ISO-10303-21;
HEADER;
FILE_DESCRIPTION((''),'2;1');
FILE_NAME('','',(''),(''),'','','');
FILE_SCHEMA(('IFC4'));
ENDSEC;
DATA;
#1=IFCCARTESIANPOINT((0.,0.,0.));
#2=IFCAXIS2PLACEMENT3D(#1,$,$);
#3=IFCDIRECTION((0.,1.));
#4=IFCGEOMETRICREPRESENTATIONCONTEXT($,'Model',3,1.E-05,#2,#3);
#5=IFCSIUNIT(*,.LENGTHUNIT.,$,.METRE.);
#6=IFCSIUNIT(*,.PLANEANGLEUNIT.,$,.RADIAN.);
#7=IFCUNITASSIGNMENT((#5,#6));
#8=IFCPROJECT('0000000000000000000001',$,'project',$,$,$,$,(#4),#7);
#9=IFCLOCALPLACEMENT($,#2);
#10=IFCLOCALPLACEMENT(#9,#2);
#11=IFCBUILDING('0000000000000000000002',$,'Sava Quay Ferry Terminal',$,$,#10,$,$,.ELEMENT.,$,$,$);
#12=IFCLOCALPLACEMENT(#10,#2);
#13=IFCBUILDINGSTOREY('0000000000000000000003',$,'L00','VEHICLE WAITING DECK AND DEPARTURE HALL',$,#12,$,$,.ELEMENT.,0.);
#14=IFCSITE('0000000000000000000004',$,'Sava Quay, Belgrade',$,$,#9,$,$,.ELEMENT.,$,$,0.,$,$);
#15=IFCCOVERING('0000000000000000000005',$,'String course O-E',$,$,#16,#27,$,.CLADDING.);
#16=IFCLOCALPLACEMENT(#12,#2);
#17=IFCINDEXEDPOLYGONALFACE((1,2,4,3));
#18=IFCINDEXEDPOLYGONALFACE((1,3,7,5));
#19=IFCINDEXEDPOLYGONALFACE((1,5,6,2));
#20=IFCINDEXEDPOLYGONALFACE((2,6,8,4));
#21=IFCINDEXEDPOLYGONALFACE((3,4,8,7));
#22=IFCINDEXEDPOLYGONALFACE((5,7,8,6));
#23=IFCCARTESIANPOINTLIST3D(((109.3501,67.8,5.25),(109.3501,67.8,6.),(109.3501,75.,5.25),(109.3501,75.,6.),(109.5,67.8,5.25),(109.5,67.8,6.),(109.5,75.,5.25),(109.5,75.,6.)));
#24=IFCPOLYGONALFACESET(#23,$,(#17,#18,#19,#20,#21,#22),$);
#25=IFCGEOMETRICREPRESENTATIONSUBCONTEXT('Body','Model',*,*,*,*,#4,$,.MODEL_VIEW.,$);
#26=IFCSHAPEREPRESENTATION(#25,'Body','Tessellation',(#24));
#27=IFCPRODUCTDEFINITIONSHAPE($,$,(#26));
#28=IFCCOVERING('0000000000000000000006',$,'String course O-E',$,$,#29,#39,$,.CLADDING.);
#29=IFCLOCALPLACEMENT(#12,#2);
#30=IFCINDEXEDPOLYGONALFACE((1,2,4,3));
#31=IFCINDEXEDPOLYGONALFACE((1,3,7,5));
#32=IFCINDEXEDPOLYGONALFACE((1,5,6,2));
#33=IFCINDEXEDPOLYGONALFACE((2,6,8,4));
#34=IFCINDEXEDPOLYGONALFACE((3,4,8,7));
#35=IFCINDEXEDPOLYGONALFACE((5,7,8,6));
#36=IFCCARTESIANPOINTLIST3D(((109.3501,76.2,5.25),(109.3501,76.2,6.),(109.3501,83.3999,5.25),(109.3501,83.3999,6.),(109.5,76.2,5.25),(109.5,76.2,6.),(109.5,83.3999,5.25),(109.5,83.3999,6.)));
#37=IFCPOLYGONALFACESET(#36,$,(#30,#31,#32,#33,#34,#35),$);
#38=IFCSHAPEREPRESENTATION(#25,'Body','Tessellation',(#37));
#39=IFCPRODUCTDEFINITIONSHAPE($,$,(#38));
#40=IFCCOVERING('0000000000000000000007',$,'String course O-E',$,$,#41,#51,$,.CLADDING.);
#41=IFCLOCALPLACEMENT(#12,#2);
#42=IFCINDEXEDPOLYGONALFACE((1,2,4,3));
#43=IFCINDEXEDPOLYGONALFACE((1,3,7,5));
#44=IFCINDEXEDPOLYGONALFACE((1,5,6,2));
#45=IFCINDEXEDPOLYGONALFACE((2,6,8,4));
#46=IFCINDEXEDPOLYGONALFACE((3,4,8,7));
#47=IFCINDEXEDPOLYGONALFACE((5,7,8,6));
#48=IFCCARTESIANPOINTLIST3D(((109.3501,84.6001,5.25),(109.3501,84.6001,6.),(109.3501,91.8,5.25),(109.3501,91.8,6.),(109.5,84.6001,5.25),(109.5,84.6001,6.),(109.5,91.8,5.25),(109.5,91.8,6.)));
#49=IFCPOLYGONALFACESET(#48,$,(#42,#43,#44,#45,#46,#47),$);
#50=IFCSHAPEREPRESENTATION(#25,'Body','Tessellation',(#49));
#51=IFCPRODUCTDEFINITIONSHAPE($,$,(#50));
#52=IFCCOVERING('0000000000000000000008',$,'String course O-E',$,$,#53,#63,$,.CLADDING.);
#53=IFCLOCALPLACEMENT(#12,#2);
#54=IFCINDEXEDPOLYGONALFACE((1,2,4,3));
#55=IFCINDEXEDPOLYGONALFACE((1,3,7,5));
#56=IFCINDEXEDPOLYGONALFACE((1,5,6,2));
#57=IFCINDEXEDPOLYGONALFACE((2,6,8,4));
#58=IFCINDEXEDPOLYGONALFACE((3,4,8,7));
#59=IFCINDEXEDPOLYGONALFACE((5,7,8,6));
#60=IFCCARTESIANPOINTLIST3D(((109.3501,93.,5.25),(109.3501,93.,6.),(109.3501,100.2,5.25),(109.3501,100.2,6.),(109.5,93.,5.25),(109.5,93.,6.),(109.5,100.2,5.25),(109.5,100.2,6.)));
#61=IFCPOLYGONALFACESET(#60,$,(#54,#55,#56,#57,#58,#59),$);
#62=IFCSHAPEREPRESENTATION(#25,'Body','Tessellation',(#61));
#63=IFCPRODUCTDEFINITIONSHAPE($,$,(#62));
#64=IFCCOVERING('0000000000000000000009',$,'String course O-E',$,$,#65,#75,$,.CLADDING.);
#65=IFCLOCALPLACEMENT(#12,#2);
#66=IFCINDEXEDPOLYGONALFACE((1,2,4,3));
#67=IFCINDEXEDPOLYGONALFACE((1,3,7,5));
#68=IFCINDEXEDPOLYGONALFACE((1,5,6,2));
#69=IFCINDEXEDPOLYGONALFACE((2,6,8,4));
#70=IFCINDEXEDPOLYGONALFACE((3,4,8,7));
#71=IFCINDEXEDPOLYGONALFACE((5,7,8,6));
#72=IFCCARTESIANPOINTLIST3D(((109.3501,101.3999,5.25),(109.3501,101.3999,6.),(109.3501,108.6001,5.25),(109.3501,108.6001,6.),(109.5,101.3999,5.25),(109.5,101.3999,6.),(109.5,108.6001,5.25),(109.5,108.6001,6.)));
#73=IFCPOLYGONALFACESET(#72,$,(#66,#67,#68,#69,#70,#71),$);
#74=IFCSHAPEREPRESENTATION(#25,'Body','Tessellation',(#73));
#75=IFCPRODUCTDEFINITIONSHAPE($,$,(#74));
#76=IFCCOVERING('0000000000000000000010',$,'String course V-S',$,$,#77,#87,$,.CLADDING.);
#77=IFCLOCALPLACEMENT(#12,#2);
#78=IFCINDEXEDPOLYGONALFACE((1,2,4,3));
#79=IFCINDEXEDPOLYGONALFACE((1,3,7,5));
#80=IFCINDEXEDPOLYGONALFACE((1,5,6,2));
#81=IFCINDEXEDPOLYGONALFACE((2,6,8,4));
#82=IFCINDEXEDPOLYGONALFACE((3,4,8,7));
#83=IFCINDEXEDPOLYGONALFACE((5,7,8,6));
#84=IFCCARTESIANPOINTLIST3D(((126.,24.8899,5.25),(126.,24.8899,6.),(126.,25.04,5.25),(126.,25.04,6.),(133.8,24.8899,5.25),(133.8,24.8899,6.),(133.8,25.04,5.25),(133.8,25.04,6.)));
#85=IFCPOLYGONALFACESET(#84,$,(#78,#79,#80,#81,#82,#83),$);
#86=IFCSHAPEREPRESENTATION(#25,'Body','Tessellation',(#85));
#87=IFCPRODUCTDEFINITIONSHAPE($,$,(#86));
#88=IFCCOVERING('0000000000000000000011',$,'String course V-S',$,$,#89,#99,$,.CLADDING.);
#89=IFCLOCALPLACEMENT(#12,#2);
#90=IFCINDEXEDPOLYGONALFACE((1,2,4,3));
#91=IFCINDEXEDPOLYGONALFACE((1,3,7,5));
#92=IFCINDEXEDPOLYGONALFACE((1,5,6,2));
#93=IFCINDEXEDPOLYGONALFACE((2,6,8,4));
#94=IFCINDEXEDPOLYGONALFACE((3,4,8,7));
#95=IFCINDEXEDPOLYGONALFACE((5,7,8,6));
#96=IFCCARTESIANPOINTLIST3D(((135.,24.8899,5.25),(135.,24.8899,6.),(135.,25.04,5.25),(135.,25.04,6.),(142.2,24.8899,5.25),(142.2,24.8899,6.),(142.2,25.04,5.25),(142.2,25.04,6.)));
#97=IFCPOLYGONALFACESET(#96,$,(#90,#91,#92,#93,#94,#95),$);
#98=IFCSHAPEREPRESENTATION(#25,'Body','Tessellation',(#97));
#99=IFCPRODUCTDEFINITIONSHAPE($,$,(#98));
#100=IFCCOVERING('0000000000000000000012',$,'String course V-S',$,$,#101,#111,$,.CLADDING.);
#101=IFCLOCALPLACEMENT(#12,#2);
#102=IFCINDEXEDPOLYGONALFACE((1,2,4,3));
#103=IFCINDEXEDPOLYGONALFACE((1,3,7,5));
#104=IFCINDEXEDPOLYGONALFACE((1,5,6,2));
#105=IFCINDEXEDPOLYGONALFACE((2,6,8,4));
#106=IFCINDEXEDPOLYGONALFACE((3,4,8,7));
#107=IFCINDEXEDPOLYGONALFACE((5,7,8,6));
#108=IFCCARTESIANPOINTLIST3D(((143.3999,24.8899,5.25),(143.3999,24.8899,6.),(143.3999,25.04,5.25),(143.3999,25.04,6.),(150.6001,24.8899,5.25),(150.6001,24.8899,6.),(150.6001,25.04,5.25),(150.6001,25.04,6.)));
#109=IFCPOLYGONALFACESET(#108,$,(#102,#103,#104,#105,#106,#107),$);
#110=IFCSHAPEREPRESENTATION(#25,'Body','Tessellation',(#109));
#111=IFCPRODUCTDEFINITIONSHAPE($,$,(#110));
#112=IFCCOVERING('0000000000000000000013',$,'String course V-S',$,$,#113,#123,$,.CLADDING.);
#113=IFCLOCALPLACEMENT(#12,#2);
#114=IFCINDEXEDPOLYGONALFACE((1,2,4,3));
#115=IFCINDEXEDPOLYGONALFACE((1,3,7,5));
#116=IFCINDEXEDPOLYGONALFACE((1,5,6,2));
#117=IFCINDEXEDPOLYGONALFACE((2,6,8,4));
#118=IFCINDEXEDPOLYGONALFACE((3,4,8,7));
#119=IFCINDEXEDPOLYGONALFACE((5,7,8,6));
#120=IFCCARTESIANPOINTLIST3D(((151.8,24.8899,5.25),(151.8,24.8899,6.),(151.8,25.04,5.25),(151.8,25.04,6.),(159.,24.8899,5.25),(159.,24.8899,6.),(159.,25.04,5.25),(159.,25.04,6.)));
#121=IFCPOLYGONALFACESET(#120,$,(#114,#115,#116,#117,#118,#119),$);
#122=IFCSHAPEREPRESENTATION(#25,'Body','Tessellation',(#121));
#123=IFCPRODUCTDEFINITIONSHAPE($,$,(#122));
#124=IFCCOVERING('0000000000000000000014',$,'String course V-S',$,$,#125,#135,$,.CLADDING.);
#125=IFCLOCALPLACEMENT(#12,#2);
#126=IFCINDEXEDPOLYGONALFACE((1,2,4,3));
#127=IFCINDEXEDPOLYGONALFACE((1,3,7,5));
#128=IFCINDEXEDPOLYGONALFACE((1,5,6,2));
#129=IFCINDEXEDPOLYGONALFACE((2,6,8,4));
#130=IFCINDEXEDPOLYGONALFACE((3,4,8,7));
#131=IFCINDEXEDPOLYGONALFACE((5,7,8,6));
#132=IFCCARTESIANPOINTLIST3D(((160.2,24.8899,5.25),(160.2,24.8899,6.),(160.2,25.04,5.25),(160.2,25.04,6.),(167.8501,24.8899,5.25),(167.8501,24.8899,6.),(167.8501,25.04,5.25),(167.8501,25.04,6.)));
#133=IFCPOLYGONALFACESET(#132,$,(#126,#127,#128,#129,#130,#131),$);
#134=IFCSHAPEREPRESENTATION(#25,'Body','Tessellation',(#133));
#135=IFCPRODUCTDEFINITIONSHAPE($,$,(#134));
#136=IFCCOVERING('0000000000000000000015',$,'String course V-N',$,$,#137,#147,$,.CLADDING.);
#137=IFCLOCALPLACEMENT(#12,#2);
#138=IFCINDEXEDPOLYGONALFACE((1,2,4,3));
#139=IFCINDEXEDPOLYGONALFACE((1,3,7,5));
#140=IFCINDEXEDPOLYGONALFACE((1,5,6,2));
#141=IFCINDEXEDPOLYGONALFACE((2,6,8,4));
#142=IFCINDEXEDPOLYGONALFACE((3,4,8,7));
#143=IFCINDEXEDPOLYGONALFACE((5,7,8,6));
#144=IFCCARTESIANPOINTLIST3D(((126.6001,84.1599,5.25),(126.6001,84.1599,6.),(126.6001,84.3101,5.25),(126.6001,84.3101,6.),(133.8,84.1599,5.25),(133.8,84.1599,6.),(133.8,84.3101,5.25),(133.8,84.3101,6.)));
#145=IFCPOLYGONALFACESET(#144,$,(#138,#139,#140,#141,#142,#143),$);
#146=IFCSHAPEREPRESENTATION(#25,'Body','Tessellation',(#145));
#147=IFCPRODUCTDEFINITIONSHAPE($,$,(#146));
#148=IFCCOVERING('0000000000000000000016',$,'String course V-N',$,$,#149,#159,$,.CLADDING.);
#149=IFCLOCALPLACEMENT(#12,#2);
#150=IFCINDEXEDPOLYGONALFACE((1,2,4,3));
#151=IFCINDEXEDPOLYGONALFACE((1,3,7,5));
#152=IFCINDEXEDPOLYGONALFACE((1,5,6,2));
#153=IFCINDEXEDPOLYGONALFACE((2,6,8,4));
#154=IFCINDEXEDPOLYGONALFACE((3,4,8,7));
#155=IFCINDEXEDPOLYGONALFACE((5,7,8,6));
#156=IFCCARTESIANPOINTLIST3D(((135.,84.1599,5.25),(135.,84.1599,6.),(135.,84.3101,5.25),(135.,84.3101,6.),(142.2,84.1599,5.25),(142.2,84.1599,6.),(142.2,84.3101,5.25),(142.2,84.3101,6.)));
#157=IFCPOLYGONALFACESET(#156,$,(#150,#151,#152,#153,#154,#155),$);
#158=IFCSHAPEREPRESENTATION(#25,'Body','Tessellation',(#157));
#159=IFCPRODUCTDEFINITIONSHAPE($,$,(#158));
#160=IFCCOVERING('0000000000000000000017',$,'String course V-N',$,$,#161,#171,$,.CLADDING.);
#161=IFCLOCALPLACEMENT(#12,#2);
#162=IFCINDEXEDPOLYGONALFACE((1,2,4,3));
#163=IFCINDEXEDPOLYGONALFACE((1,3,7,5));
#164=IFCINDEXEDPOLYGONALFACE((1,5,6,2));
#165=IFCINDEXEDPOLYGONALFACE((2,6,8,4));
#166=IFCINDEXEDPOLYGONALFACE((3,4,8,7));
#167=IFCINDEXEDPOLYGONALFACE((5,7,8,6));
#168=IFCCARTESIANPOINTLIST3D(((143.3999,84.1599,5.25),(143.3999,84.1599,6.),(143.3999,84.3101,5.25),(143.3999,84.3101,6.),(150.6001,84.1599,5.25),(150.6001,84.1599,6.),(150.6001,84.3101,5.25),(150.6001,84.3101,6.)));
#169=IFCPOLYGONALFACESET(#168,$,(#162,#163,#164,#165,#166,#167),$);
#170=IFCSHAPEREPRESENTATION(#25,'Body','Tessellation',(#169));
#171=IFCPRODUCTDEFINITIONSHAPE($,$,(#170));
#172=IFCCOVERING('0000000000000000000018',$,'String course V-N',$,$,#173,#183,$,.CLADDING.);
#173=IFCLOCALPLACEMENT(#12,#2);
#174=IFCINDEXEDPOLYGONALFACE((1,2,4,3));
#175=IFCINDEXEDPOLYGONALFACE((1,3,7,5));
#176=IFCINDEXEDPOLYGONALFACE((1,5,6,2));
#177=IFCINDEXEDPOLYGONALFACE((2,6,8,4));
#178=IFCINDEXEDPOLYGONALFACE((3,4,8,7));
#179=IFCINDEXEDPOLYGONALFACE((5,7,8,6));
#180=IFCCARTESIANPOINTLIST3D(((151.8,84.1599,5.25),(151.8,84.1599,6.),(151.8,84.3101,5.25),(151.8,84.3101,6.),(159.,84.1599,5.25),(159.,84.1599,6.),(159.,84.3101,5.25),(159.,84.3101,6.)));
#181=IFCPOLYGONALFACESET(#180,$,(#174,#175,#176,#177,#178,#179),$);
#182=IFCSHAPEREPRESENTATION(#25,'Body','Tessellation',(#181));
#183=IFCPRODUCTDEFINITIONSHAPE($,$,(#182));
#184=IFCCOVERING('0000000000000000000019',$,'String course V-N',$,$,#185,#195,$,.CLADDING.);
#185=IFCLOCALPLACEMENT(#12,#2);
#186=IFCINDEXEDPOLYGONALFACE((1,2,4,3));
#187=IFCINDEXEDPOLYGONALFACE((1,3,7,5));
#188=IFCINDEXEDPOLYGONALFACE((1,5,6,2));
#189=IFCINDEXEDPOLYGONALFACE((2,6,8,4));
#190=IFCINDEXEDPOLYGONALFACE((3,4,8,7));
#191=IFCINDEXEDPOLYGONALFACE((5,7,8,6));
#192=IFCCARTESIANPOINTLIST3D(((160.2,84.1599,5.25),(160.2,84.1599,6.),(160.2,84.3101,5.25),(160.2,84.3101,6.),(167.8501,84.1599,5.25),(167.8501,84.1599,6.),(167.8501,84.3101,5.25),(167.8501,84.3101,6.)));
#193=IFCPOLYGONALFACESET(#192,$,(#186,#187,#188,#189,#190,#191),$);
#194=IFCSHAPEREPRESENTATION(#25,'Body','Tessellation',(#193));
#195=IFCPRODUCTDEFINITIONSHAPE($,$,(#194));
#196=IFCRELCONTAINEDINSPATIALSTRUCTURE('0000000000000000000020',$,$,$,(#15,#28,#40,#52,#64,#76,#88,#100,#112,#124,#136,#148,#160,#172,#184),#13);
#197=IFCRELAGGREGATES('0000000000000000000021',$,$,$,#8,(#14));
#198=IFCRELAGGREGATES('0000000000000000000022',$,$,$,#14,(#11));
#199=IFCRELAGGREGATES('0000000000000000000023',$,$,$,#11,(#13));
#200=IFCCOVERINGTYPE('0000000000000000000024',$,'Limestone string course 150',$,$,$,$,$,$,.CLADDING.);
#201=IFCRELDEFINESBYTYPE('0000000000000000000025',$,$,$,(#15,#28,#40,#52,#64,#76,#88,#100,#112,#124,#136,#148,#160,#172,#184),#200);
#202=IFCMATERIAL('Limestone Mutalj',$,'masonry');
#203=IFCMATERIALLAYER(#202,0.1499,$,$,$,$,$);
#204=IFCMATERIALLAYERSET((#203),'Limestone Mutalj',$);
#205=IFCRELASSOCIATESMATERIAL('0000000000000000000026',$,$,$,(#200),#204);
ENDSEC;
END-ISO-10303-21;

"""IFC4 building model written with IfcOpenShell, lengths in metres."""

from ifc_helpers import new_model, si_unit, direction, frame, origin, place, context, subcontext, project, spatial, polyline, outline, extrude, material, layer, layer_set, type_object, element, save


model = new_model("IFC4")

# Units and contexts
model_context = context("Model", 3, precision=1e-05, world=origin(), true_north=direction((0.0, 1.0)))
body_context = subcontext(model_context, "Body", "Model", "MODEL_VIEW")
ifc_project = project(units=[si_unit("LENGTHUNIT", "METRE"), si_unit("PLANEANGLEUNIT", "RADIAN")], contexts=[model_context])

# Site, building, storey
site_placement = place(None, origin())
site = spatial("IfcSite", under=ifc_project, at=site_placement, Name="Sava Quay, Belgrade", CompositionType="ELEMENT", RefElevation=0.0)
building_placement = place(site_placement, origin())
building = spatial("IfcBuilding", under=site, at=building_placement, Name="Sava Quay Ferry Terminal", CompositionType="ELEMENT")
storey_placement = place(building_placement, origin())
storey = spatial("IfcBuildingStorey", under=building, at=storey_placement, Name="L00", Description="VEHICLE WAITING DECK AND DEPARTURE HALL", CompositionType="ELEMENT", Elevation=0.0)

# Coverings
ifc_material_1 = material(Name="Limestone Mutalj", Category="masonry")
ifc_layer_1 = layer(ifc_material_1, 0.1499)
ifc_layer_set_1 = layer_set([ifc_layer_1], Name="Limestone Mutalj")
covering_type_1 = type_object("IfcCoveringType", Name="Limestone string course 150", PredefinedType="CLADDING", material=ifc_layer_set_1)
covering_1_placement = place(storey_placement, frame((0.0, 0.0, 5.25)))
element("IfcCovering", 1, at=covering_1_placement, inside=storey, type_object=covering_type_1, Name="String course O-E", PredefinedType="CLADDING", context=body_context, shape_type="SweptSolid", body=[
    extrude(outline(polyline([(109.3501, 67.8), (109.3501, 75.0), (109.5, 75.0), (109.5, 67.8), (109.3501, 67.8)])), origin(), (0.0, 0.0, 1.0), 0.75),
])
covering_2_placement = place(storey_placement, frame((0.0, 0.0, 5.25)))
element("IfcCovering", 2, at=covering_2_placement, inside=storey, type_object=covering_type_1, Name="String course O-E", PredefinedType="CLADDING", context=body_context, shape_type="SweptSolid", body=[
    extrude(outline(polyline([(109.3501, 76.2), (109.3501, 83.3999), (109.5, 83.3999), (109.5, 76.2), (109.3501, 76.2)])), origin(), (0.0, 0.0, 1.0), 0.75),
])
covering_3_placement = place(storey_placement, frame((0.0, 0.0, 5.25)))
element("IfcCovering", 3, at=covering_3_placement, inside=storey, type_object=covering_type_1, Name="String course O-E", PredefinedType="CLADDING", context=body_context, shape_type="SweptSolid", body=[
    extrude(outline(polyline([(109.3501, 84.6001), (109.3501, 91.8), (109.5, 91.8), (109.5, 84.6001), (109.3501, 84.6001)])), origin(), (0.0, 0.0, 1.0), 0.75),
])
covering_4_placement = place(storey_placement, frame((0.0, 0.0, 5.25)))
element("IfcCovering", 4, at=covering_4_placement, inside=storey, type_object=covering_type_1, Name="String course O-E", PredefinedType="CLADDING", context=body_context, shape_type="SweptSolid", body=[
    extrude(outline(polyline([(109.3501, 93.0), (109.3501, 100.2), (109.5, 100.2), (109.5, 93.0), (109.3501, 93.0)])), origin(), (0.0, 0.0, 1.0), 0.75),
])
covering_5_placement = place(storey_placement, frame((0.0, 0.0, 5.25)))
element("IfcCovering", 5, at=covering_5_placement, inside=storey, type_object=covering_type_1, Name="String course O-E", PredefinedType="CLADDING", context=body_context, shape_type="SweptSolid", body=[
    extrude(outline(polyline([(109.3501, 101.3999), (109.3501, 108.6001), (109.5, 108.6001), (109.5, 101.3999), (109.3501, 101.3999)])), origin(), (0.0, 0.0, 1.0), 0.75),
])
covering_6_placement = place(storey_placement, frame((0.0, 0.0, 5.25)))
element("IfcCovering", 6, at=covering_6_placement, inside=storey, type_object=covering_type_1, Name="String course V-S", PredefinedType="CLADDING", context=body_context, shape_type="SweptSolid", body=[
    extrude(outline(polyline([(126.0, 25.04), (133.8, 25.04), (133.8, 24.8899), (126.0, 24.8899), (126.0, 25.04)])), origin(), (0.0, 0.0, 1.0), 0.75),
])
covering_7_placement = place(storey_placement, frame((0.0, 0.0, 5.25)))
element("IfcCovering", 7, at=covering_7_placement, inside=storey, type_object=covering_type_1, Name="String course V-S", PredefinedType="CLADDING", context=body_context, shape_type="SweptSolid", body=[
    extrude(outline(polyline([(135.0, 25.04), (142.2, 25.04), (142.2, 24.8899), (135.0, 24.8899), (135.0, 25.04)])), origin(), (0.0, 0.0, 1.0), 0.75),
])
covering_8_placement = place(storey_placement, frame((0.0, 0.0, 5.25)))
element("IfcCovering", 8, at=covering_8_placement, inside=storey, type_object=covering_type_1, Name="String course V-S", PredefinedType="CLADDING", context=body_context, shape_type="SweptSolid", body=[
    extrude(outline(polyline([(143.3999, 25.04), (150.6001, 25.04), (150.6001, 24.8899), (143.3999, 24.8899), (143.3999, 25.04)])), origin(), (0.0, 0.0, 1.0), 0.75),
])
covering_9_placement = place(storey_placement, frame((0.0, 0.0, 5.25)))
element("IfcCovering", 9, at=covering_9_placement, inside=storey, type_object=covering_type_1, Name="String course V-S", PredefinedType="CLADDING", context=body_context, shape_type="SweptSolid", body=[
    extrude(outline(polyline([(151.8, 25.04), (159.0, 25.04), (159.0, 24.8899), (151.8, 24.8899), (151.8, 25.04)])), origin(), (0.0, 0.0, 1.0), 0.75),
])
covering_10_placement = place(storey_placement, frame((0.0, 0.0, 5.25)))
element("IfcCovering", 10, at=covering_10_placement, inside=storey, type_object=covering_type_1, Name="String course V-S", PredefinedType="CLADDING", context=body_context, shape_type="SweptSolid", body=[
    extrude(outline(polyline([(160.2, 25.04), (167.8501, 25.04), (167.8501, 24.8899), (160.2, 24.8899), (160.2, 25.04)])), origin(), (0.0, 0.0, 1.0), 0.75),
])
covering_11_placement = place(storey_placement, frame((0.0, 0.0, 5.25)))
element("IfcCovering", 11, at=covering_11_placement, inside=storey, type_object=covering_type_1, Name="String course V-N", PredefinedType="CLADDING", context=body_context, shape_type="SweptSolid", body=[
    extrude(outline(polyline([(126.6001, 84.1599), (133.8, 84.1599), (133.8, 84.3101), (126.6001, 84.3101), (126.6001, 84.1599)])), origin(), (0.0, 0.0, 1.0), 0.75),
])
covering_12_placement = place(storey_placement, frame((0.0, 0.0, 5.25)))
element("IfcCovering", 12, at=covering_12_placement, inside=storey, type_object=covering_type_1, Name="String course V-N", PredefinedType="CLADDING", context=body_context, shape_type="SweptSolid", body=[
    extrude(outline(polyline([(135.0, 84.1599), (142.2, 84.1599), (142.2, 84.3101), (135.0, 84.3101), (135.0, 84.1599)])), origin(), (0.0, 0.0, 1.0), 0.75),
])
covering_13_placement = place(storey_placement, frame((0.0, 0.0, 5.25)))
element("IfcCovering", 13, at=covering_13_placement, inside=storey, type_object=covering_type_1, Name="String course V-N", PredefinedType="CLADDING", context=body_context, shape_type="SweptSolid", body=[
    extrude(outline(polyline([(143.3999, 84.1599), (150.6001, 84.1599), (150.6001, 84.3101), (143.3999, 84.3101), (143.3999, 84.1599)])), origin(), (0.0, 0.0, 1.0), 0.75),
])
covering_14_placement = place(storey_placement, frame((0.0, 0.0, 5.25)))
element("IfcCovering", 14, at=covering_14_placement, inside=storey, type_object=covering_type_1, Name="String course V-N", PredefinedType="CLADDING", context=body_context, shape_type="SweptSolid", body=[
    extrude(outline(polyline([(151.8, 84.1599), (159.0, 84.1599), (159.0, 84.3101), (151.8, 84.3101), (151.8, 84.1599)])), origin(), (0.0, 0.0, 1.0), 0.75),
])
covering_15_placement = place(storey_placement, frame((0.0, 0.0, 5.25)))
element("IfcCovering", 15, at=covering_15_placement, inside=storey, type_object=covering_type_1, Name="String course V-N", PredefinedType="CLADDING", context=body_context, shape_type="SweptSolid", body=[
    extrude(outline(polyline([(160.2, 84.1599), (167.8501, 84.1599), (167.8501, 84.3101), (160.2, 84.3101), (160.2, 84.1599)])), origin(), (0.0, 0.0, 1.0), 0.75),
])

save(model, "model.ifc")
